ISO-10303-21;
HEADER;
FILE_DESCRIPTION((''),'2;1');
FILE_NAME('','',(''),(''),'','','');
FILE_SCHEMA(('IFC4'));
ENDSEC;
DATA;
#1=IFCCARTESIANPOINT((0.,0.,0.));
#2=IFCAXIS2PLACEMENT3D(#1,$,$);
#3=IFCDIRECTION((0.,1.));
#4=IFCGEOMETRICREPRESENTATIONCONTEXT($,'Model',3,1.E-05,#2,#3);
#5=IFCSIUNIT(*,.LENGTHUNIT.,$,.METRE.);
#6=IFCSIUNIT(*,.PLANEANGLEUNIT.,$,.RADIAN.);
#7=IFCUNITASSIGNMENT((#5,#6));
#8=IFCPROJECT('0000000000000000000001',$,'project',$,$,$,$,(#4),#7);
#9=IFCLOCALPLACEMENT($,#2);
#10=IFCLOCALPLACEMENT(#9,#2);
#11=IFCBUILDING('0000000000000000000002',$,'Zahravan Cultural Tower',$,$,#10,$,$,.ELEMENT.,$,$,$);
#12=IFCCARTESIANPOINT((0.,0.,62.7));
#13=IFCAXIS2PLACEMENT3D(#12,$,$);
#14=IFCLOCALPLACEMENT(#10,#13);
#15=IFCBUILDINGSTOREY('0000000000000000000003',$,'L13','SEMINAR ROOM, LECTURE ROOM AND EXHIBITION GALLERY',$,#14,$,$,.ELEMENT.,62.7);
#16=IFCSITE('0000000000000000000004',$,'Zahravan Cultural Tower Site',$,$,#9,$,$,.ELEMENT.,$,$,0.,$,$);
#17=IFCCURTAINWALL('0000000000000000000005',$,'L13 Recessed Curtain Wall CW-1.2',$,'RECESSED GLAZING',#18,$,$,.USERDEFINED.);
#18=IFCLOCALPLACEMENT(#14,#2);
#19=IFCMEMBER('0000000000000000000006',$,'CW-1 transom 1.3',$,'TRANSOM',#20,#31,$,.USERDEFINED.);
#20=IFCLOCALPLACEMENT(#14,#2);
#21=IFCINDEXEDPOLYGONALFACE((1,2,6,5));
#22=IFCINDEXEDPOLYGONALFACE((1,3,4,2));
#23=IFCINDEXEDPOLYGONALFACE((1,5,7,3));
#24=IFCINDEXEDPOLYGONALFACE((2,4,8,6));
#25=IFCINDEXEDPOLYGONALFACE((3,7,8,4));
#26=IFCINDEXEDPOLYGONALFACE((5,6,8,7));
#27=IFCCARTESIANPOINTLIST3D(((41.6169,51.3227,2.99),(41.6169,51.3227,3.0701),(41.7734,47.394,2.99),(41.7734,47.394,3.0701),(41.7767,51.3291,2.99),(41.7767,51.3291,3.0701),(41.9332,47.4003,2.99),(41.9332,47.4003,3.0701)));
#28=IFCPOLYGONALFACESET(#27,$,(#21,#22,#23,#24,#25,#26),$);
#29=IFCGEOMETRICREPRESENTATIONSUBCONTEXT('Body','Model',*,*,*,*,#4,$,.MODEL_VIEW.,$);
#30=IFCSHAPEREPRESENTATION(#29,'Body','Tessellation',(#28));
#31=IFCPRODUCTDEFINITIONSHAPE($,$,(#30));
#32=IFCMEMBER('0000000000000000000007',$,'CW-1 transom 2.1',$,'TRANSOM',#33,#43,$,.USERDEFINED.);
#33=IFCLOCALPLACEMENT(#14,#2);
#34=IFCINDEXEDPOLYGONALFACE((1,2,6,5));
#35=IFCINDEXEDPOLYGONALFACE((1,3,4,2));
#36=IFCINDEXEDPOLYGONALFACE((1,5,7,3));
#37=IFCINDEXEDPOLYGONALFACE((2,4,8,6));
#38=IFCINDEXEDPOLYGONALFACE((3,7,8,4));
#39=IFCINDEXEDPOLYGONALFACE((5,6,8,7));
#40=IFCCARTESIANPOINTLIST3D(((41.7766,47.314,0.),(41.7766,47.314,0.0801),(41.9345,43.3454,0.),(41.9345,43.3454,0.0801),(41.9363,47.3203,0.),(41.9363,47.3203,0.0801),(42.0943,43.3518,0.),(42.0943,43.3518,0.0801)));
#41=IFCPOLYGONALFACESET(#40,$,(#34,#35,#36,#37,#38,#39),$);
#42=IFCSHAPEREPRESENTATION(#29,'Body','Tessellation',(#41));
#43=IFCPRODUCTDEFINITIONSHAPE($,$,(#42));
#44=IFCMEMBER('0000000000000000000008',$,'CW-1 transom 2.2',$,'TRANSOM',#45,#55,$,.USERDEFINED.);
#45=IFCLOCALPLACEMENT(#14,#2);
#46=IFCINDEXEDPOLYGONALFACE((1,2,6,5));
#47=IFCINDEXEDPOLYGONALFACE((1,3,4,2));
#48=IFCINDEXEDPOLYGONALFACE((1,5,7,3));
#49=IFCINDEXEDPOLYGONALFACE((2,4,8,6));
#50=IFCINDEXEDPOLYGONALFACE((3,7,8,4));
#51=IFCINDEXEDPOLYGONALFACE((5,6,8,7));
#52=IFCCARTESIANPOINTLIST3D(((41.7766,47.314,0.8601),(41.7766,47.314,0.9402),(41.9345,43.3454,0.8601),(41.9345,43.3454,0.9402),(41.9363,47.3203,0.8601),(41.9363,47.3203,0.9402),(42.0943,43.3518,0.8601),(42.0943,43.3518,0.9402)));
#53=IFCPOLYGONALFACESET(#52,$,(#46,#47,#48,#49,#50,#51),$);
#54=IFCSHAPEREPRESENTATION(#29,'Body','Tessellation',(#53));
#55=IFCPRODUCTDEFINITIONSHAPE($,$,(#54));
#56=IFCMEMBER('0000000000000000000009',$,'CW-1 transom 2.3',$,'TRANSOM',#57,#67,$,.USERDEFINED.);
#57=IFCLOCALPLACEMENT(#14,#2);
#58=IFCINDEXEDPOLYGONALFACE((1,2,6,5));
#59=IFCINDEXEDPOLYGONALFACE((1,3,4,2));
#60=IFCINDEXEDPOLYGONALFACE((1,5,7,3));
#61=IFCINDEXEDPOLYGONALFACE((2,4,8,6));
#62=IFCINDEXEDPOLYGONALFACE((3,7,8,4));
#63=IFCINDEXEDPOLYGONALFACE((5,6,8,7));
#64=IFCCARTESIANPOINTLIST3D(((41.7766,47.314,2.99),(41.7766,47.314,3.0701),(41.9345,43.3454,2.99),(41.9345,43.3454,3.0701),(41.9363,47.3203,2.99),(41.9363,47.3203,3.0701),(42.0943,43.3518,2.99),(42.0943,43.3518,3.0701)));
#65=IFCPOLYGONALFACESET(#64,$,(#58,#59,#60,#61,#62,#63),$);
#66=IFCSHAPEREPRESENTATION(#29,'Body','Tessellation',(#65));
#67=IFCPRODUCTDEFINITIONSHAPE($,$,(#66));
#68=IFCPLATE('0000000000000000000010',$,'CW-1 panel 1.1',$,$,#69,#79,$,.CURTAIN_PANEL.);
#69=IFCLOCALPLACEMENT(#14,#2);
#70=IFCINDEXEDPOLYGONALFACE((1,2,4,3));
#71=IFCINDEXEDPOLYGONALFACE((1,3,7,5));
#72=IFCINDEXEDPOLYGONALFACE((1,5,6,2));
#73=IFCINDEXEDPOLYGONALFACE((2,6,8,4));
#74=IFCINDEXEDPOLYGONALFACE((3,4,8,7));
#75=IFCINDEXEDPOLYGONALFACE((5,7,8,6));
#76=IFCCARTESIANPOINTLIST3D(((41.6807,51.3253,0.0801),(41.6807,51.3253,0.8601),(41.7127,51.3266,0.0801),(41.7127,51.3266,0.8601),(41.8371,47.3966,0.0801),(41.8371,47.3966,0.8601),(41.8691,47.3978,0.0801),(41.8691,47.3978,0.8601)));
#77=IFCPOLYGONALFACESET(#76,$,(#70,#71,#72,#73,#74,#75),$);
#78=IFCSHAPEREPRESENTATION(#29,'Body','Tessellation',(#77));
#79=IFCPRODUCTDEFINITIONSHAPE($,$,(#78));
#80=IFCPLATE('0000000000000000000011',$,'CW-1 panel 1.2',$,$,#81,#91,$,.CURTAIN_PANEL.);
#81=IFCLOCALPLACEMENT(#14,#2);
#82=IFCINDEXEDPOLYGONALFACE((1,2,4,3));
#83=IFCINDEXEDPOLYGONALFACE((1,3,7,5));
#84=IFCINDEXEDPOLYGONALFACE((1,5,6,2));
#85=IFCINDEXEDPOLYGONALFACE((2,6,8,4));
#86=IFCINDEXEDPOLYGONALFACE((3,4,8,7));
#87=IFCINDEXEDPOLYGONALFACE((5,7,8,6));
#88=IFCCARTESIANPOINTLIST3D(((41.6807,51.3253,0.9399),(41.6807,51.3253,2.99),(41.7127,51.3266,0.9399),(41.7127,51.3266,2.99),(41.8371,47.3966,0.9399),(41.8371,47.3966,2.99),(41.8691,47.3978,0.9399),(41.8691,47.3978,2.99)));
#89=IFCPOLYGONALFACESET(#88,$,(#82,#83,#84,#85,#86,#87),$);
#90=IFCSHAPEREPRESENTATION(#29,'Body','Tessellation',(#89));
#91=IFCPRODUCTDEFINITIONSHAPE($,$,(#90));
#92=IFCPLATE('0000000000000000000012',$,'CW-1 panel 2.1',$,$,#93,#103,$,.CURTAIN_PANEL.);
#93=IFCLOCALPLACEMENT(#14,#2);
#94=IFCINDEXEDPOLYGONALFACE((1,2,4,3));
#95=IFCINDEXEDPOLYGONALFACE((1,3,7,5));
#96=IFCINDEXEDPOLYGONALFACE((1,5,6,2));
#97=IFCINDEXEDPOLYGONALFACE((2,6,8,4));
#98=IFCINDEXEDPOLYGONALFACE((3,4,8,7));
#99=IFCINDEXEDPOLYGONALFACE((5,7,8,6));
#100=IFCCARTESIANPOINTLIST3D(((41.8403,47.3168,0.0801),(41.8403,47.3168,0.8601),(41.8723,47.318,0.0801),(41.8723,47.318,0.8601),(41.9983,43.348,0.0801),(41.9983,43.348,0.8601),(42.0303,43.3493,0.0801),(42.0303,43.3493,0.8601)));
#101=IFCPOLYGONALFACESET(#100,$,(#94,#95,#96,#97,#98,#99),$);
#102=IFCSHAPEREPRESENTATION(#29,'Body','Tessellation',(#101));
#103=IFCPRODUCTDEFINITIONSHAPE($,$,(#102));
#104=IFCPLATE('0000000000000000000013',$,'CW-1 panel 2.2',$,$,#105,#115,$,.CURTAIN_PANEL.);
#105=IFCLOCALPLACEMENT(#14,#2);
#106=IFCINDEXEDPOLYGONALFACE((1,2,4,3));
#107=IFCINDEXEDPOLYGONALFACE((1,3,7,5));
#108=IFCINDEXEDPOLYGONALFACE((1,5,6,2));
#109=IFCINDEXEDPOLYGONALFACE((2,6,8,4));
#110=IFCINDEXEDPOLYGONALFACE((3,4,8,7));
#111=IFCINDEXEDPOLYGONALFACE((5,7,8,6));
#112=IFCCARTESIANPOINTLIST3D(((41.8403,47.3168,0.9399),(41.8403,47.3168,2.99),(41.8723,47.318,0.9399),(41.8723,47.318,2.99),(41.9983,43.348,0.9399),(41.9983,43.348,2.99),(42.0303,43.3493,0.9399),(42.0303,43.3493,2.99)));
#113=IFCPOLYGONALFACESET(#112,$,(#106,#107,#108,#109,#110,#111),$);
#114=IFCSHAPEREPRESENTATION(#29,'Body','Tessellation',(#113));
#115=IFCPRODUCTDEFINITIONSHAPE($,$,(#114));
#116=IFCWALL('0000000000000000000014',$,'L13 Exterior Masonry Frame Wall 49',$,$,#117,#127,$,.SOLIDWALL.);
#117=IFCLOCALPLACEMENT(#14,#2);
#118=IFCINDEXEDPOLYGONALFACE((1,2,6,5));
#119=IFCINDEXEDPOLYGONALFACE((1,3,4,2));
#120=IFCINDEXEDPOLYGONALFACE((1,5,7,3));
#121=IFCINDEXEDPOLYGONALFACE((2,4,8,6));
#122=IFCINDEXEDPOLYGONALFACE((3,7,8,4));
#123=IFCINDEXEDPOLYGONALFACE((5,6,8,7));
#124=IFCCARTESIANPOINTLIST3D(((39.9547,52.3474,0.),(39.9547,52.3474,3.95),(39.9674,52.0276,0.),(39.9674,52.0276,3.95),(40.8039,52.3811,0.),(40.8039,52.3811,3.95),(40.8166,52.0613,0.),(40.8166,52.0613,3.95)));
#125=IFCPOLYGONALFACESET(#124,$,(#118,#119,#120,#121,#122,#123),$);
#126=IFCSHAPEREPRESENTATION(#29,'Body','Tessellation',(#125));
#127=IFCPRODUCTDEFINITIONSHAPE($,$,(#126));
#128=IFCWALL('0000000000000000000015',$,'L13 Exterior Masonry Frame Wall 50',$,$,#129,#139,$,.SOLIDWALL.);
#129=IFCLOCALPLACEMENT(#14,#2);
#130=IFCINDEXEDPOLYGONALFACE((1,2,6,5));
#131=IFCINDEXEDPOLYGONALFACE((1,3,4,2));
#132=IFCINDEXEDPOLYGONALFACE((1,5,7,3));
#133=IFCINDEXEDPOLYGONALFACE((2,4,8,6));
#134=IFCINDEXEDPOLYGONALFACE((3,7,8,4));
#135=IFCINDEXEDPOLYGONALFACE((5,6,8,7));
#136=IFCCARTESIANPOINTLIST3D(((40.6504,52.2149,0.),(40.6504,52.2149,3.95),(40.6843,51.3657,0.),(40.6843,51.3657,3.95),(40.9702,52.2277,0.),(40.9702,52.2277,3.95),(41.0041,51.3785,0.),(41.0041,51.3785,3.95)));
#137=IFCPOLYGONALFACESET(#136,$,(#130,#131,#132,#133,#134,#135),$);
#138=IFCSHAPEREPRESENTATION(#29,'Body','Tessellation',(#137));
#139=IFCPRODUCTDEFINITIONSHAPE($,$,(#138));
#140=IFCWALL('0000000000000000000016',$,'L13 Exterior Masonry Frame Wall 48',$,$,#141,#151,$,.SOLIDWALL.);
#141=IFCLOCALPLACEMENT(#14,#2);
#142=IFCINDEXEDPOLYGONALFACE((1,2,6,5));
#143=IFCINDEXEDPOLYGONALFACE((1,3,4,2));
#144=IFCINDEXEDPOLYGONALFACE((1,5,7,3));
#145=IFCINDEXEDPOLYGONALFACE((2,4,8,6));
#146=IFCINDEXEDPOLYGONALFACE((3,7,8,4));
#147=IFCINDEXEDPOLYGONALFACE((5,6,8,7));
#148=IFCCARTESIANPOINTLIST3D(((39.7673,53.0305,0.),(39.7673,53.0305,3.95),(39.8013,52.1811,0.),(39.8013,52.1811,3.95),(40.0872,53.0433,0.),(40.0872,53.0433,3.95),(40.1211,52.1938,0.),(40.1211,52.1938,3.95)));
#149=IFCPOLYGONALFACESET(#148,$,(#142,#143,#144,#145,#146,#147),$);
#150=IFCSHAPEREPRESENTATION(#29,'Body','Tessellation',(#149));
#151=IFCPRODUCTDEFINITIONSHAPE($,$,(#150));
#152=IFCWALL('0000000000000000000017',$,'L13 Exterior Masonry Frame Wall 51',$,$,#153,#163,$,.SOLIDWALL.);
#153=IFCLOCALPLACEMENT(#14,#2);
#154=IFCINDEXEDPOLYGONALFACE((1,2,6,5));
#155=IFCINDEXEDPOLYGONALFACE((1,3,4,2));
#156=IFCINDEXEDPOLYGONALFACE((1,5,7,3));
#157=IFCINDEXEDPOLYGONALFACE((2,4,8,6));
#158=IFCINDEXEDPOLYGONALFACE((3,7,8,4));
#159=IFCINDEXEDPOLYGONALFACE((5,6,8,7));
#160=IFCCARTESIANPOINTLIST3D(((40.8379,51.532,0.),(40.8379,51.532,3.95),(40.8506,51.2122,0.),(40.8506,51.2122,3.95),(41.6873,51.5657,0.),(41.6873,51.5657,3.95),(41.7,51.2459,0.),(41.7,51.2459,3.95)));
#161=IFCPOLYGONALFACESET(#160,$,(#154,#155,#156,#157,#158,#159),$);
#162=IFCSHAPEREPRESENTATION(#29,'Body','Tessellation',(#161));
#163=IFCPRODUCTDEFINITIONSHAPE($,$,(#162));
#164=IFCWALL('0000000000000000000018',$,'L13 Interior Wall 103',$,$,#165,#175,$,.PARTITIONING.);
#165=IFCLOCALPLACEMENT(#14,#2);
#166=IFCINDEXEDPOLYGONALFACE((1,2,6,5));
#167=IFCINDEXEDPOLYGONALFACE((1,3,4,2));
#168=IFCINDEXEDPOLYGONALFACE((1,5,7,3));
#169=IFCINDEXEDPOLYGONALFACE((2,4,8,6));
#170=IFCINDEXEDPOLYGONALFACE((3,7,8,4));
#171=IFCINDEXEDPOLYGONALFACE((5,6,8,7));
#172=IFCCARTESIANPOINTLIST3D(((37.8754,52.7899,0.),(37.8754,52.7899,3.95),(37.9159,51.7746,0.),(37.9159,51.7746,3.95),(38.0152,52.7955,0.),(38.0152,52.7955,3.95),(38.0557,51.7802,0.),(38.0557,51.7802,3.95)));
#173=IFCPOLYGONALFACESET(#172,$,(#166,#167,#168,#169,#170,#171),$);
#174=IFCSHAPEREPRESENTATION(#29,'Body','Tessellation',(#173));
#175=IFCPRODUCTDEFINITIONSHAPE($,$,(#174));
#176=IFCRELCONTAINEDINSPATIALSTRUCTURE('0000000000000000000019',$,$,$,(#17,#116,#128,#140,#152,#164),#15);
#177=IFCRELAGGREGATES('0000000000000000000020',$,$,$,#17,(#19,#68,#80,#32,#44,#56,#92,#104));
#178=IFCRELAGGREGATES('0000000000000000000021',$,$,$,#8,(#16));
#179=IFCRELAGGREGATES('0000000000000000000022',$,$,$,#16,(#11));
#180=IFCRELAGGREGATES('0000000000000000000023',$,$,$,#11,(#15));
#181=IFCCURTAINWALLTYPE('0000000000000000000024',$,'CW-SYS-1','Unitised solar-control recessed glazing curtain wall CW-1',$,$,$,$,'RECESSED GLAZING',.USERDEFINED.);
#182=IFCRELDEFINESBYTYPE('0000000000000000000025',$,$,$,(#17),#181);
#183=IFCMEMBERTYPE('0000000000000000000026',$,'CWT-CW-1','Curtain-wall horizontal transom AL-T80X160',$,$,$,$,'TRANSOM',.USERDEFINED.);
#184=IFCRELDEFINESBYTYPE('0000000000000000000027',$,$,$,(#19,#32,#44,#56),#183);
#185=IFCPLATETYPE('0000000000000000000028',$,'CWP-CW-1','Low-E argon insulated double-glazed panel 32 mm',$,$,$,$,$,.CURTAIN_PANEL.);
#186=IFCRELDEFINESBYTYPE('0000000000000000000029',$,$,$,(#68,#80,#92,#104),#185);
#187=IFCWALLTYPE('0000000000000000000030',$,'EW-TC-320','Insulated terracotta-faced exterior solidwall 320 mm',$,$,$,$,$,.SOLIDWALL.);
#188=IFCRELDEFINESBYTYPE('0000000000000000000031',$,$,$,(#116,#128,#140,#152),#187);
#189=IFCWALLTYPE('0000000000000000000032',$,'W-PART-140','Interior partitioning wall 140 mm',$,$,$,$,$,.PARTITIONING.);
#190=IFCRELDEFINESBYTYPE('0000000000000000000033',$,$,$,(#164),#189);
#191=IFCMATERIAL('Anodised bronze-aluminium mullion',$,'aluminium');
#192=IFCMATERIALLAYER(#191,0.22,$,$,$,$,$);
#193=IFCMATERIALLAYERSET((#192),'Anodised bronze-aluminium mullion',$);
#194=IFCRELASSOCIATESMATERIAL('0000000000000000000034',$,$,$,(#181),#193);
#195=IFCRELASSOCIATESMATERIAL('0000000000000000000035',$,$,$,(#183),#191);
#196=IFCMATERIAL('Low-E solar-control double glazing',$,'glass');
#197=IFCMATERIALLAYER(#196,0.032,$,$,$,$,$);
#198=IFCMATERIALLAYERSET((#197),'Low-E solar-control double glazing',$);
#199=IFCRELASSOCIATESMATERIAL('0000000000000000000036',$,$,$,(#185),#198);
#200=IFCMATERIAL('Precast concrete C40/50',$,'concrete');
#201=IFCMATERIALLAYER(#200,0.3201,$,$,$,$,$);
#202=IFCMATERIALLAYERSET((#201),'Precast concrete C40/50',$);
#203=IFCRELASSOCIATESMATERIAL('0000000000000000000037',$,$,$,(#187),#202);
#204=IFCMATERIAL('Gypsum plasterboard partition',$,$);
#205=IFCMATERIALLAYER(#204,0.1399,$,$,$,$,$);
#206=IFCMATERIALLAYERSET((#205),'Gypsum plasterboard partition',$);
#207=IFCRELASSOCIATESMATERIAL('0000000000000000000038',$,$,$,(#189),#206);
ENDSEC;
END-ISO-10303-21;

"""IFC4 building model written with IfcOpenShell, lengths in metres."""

from ifc_helpers import new_model, si_unit, direction, frame, frame_2d, origin, origin_2d, place, context, subcontext, project, spatial, rectangle, extrude, source, transform, mapped, material, layer, layer_set, material_profile, profile_set, type_object, element, aggregate, save


model = new_model("IFC4")

# Units and contexts
model_context = context("Model", 3, precision=1e-05, world=origin(), true_north=direction((0.0, 1.0)))
body_context = subcontext(model_context, "Body", "Model", "MODEL_VIEW")
ifc_project = project(units=[si_unit("LENGTHUNIT", "METRE"), si_unit("PLANEANGLEUNIT", "RADIAN")], contexts=[model_context])

# Site, building, storey
site_placement = place(None, origin())
site = spatial("IfcSite", under=ifc_project, at=site_placement, Name="Zahravan Cultural Tower Site", CompositionType="ELEMENT", RefElevation=0.0)
building_placement = place(site_placement, origin())
building = spatial("IfcBuilding", under=site, at=building_placement, Name="Zahravan Cultural Tower", CompositionType="ELEMENT")
storey_placement = place(building_placement, frame((0.0, 0.0, 62.7)))
storey = spatial("IfcBuildingStorey", under=building, at=storey_placement, Name="L13", Description="SEMINAR ROOM, LECTURE ROOM AND EXHIBITION GALLERY", CompositionType="ELEMENT", Elevation=62.7)

# Curtain wall, members, plates
ifc_material_1 = material(Name="Anodised bronze-aluminium mullion", Category="aluminium")
ifc_layer_1 = layer(ifc_material_1, 0.22)
ifc_layer_set_1 = layer_set([ifc_layer_1], Name="Anodised bronze-aluminium mullion")
curtain_wall_type = type_object("IfcCurtainWallType", Name="CW-SYS-1", Description="Unitised solar-control recessed glazing curtain wall CW-1", ElementType="RECESSED GLAZING", PredefinedType="USERDEFINED", material=ifc_layer_set_1)
curtain_wall_placement = place(storey_placement, origin())
curtain_wall = element("IfcCurtainWall", 1, at=curtain_wall_placement, inside=storey, type_object=curtain_wall_type, Name="L13 Recessed Curtain Wall CW-1.2", ObjectType="RECESSED GLAZING", PredefinedType="USERDEFINED")
ifc_material_profile_1 = material_profile(ifc_material_1, rectangle(XDim=0.1599, YDim=0.0801, at=origin_2d()), Name="AL-T80X160")
ifc_profile_set_1 = profile_set([ifc_material_profile_1], Name="Anodised bronze-aluminium mullion")
member_type_1 = type_object("IfcMemberType", Name="CWT-CW-1", Description="Curtain-wall horizontal transom AL-T80X160", ElementType="TRANSOM", PredefinedType="USERDEFINED", material=ifc_profile_set_1)
shared_shape_1 = source(origin(), body_context, "Body", "SweptSolid", [
    extrude(rectangle(XDim=0.1599, YDim=0.0801, at=origin_2d()), origin(), (0.0, 0.0, 1.0), 3.9319),
])
member_1_placement = place(storey_placement, frame((41.6968, 51.3259, 3.03), z_axis=(0.039802, -0.999208, 0.0), x_axis=(0.999208, 0.039802, 0.0)))
member_1 = element("IfcMember", 2, at=member_1_placement, type_object=member_type_1, Name="CW-1 transom 1.3", ObjectType="TRANSOM", PredefinedType="USERDEFINED", context=body_context, shape_type="MappedRepresentation", body=[
    mapped(shared_shape_1, transform((0.0, 0.0, 0.0), x_axis=(1.0, 0.0, 0.0), y_axis=(0.0, 1.0, 0.0), z_axis=(0.0, 0.0, 1.0), scale=1.0)),
])
shared_shape_2 = source(origin(), body_context, "Body", "SweptSolid", [
    extrude(rectangle(XDim=0.1599, YDim=0.0801, at=origin_2d()), origin(), (0.0, 0.0, 1.0), 3.9717),
])
member_2_placement = place(storey_placement, frame((41.8564, 47.3171, 0.04), z_axis=(0.039772, -0.999209, 0.0), x_axis=(0.999209, 0.039772, 0.0)))
member_2 = element("IfcMember", 3, at=member_2_placement, type_object=member_type_1, Name="CW-1 transom 2.1", ObjectType="TRANSOM", PredefinedType="USERDEFINED", context=body_context, shape_type="MappedRepresentation", body=[
    mapped(shared_shape_2, transform((0.0, 0.0, 0.0), x_axis=(1.0, 0.0, 0.0), y_axis=(0.0, 1.0, 0.0), z_axis=(0.0, 0.0, 1.0), scale=1.0)),
])
member_3_placement = place(storey_placement, frame((41.8564, 47.3171, 0.9001), z_axis=(0.039772, -0.999209, 0.0), x_axis=(0.999209, 0.039772, 0.0)))
member_3 = element("IfcMember", 4, at=member_3_placement, type_object=member_type_1, Name="CW-1 transom 2.2", ObjectType="TRANSOM", PredefinedType="USERDEFINED", context=body_context, shape_type="MappedRepresentation", body=[
    mapped(shared_shape_2, transform((0.0, 0.0, 0.0), x_axis=(1.0, 0.0, 0.0), y_axis=(0.0, 1.0, 0.0), z_axis=(0.0, 0.0, 1.0), scale=1.0)),
])
member_4_placement = place(storey_placement, frame((41.8564, 47.3171, 3.03), z_axis=(0.039772, -0.999209, 0.0), x_axis=(0.999209, 0.039772, 0.0)))
member_4 = element("IfcMember", 5, at=member_4_placement, type_object=member_type_1, Name="CW-1 transom 2.3", ObjectType="TRANSOM", PredefinedType="USERDEFINED", context=body_context, shape_type="MappedRepresentation", body=[
    mapped(shared_shape_2, transform((0.0, 0.0, 0.0), x_axis=(1.0, 0.0, 0.0), y_axis=(0.0, 1.0, 0.0), z_axis=(0.0, 0.0, 1.0), scale=1.0)),
])
ifc_material_2 = material(Name="Low-E solar-control double glazing", Category="glass")
ifc_layer_2 = layer(ifc_material_2, 0.032)
ifc_layer_set_2 = layer_set([ifc_layer_2], Name="Low-E solar-control double glazing")
plate_type = type_object("IfcPlateType", Name="CWP-CW-1", Description="Low-E argon insulated double-glazed panel 32 mm", PredefinedType="CURTAIN_PANEL", material=ifc_layer_set_2)
shared_shape_3 = source(origin(), body_context, "Body", "SweptSolid", [
    extrude(rectangle(XDim=3.9319, YDim=0.032, at=origin_2d()), origin(), (0.0, 0.0, 1.0), 0.78),
])
plate_1_placement = place(storey_placement, frame((41.7749, 49.3616, 0.0801), z_axis=(0.0, 0.0, 1.0), x_axis=(0.039785, -0.999208, 0.0)))
plate_1 = element("IfcPlate", 6, at=plate_1_placement, type_object=plate_type, Name="CW-1 panel 1.1", PredefinedType="CURTAIN_PANEL", context=body_context, shape_type="MappedRepresentation", body=[
    mapped(shared_shape_3, transform((0.0, 0.0, 0.0), x_axis=(1.0, 0.0, 0.0), y_axis=(0.0, 1.0, 0.0), z_axis=(0.0, 0.0, 1.0), scale=1.0)),
])
shared_shape_4 = source(origin(), body_context, "Body", "SweptSolid", [
    extrude(rectangle(XDim=3.9319, YDim=0.032, at=origin_2d()), origin(), (0.0, 0.0, 1.0), 2.05),
])
plate_2_placement = place(storey_placement, frame((41.7749, 49.3616, 0.9399), z_axis=(0.0, 0.0, 1.0), x_axis=(0.039785, -0.999208, 0.0)))
plate_2 = element("IfcPlate", 7, at=plate_2_placement, type_object=plate_type, Name="CW-1 panel 1.2", PredefinedType="CURTAIN_PANEL", context=body_context, shape_type="MappedRepresentation", body=[
    mapped(shared_shape_4, transform((0.0, 0.0, 0.0), x_axis=(1.0, 0.0, 0.0), y_axis=(0.0, 1.0, 0.0), z_axis=(0.0, 0.0, 1.0), scale=1.0)),
])
shared_shape_5 = source(origin(), body_context, "Body", "SweptSolid", [
    extrude(rectangle(XDim=3.9719, YDim=0.032, at=origin_2d()), origin(), (0.0, 0.0, 1.0), 0.78),
])
plate_3_placement = place(storey_placement, frame((41.9353, 45.333, 0.0801), z_axis=(0.0, 0.0, 1.0), x_axis=(0.039785, -0.999208, 0.0)))
plate_3 = element("IfcPlate", 8, at=plate_3_placement, type_object=plate_type, Name="CW-1 panel 2.1", PredefinedType="CURTAIN_PANEL", context=body_context, shape_type="MappedRepresentation", body=[
    mapped(shared_shape_5, transform((0.0, 0.0, 0.0), x_axis=(1.0, 0.0, 0.0), y_axis=(0.0, 1.0, 0.0), z_axis=(0.0, 0.0, 1.0), scale=1.0)),
])
shared_shape_6 = source(origin(), body_context, "Body", "SweptSolid", [
    extrude(rectangle(XDim=3.9719, YDim=0.032, at=origin_2d()), origin(), (0.0, 0.0, 1.0), 2.05),
])
plate_4_placement = place(storey_placement, frame((41.9353, 45.333, 0.9399), z_axis=(0.0, 0.0, 1.0), x_axis=(0.039785, -0.999208, 0.0)))
plate_4 = element("IfcPlate", 9, at=plate_4_placement, type_object=plate_type, Name="CW-1 panel 2.2", PredefinedType="CURTAIN_PANEL", context=body_context, shape_type="MappedRepresentation", body=[
    mapped(shared_shape_6, transform((0.0, 0.0, 0.0), x_axis=(1.0, 0.0, 0.0), y_axis=(0.0, 1.0, 0.0), z_axis=(0.0, 0.0, 1.0), scale=1.0)),
])
aggregate(curtain_wall, [member_1, plate_1, plate_2, member_2, member_3, member_4, plate_3, plate_4])

# Walls
ifc_material_3 = material(Name="Precast concrete C40/50", Category="concrete")
ifc_layer_3 = layer(ifc_material_3, 0.3201)
ifc_layer_set_3 = layer_set([ifc_layer_3], Name="Precast concrete C40/50")
wall_type_1 = type_object("IfcWallType", Name="EW-TC-320", Description="Insulated terracotta-faced exterior solidwall 320 mm", PredefinedType="SOLIDWALL", material=ifc_layer_set_3)
shared_shape_7 = source(origin(), body_context, "Body", "SweptSolid", [
    extrude(rectangle(XDim=0.8499, YDim=0.3201, at=frame_2d((0.4248, 0.0))), origin(), (0.0, 0.0, 1.0), 3.95),
])
for number, where, z_axis, x_axis, name in (
    (10, (39.9612, 52.1875, 0.0), (0.0, 0.0, 1.0), (0.999214, 0.039647, 0.0), "L13 Exterior Masonry Frame Wall 49"),
    (11, (40.8103, 52.2212, 0.0), (0.0, 0.0, 1.0), (0.039934, -0.999202, 0.0), "L13 Exterior Masonry Frame Wall 50"),
):
    element("IfcWall", number, at=place(storey_placement, frame(where, z_axis=z_axis, x_axis=x_axis)), inside=storey, type_object=wall_type_1, Name=name, PredefinedType="SOLIDWALL", context=body_context, shape_type="MappedRepresentation", body=[
        mapped(shared_shape_7, transform((0.0, 0.0, 0.0), x_axis=(1.0, 0.0, 0.0), y_axis=(0.0, 1.0, 0.0), z_axis=(0.0, 0.0, 1.0), scale=1.0)),
    ])
shared_shape_8 = source(origin(), body_context, "Body", "SweptSolid", [
    extrude(rectangle(XDim=0.8501, YDim=0.3201, at=frame_2d((0.425, 0.0))), origin(), (0.0, 0.0, 1.0), 3.95),
])
for number, where, z_axis, x_axis, name in (
    (12, (39.9272, 53.0369, 0.0), (0.0, 0.0, 1.0), (0.039922, -0.999203, 0.0), "L13 Exterior Masonry Frame Wall 48"),
    (13, (40.8442, 51.3721, 0.0), (0.0, 0.0, 1.0), (0.999214, 0.039635, 0.0), "L13 Exterior Masonry Frame Wall 51"),
):
    element("IfcWall", number, at=place(storey_placement, frame(where, z_axis=z_axis, x_axis=x_axis)), inside=storey, type_object=wall_type_1, Name=name, PredefinedType="SOLIDWALL", context=body_context, shape_type="MappedRepresentation", body=[
        mapped(shared_shape_8, transform((0.0, 0.0, 0.0), x_axis=(1.0, 0.0, 0.0), y_axis=(0.0, 1.0, 0.0), z_axis=(0.0, 0.0, 1.0), scale=1.0)),
    ])
ifc_material_4 = material(Name="Gypsum plasterboard partition")
ifc_layer_4 = layer(ifc_material_4, 0.1399)
ifc_layer_set_4 = layer_set([ifc_layer_4], Name="Gypsum plasterboard partition")
wall_type_2 = type_object("IfcWallType", Name="W-PART-140", Description="Interior partitioning wall 140 mm", PredefinedType="PARTITIONING", material=ifc_layer_set_4)
shared_shape_9 = source(origin(), body_context, "Body", "SweptSolid", [
    extrude(rectangle(XDim=1.0161, YDim=0.1399, at=frame_2d((0.5081, 0.0))), origin(), (0.0, 0.0, 1.0), 3.95),
])
wall_1_placement = place(storey_placement, frame((37.9453, 52.7927, 0.0), z_axis=(0.0, 0.0, 1.0), x_axis=(0.039882, -0.999204, 0.0)))
element("IfcWall", 14, at=wall_1_placement, inside=storey, type_object=wall_type_2, Name="L13 Interior Wall 103", PredefinedType="PARTITIONING", context=body_context, shape_type="MappedRepresentation", body=[
    mapped(shared_shape_9, transform((0.0, 0.0, 0.0), x_axis=(1.0, 0.0, 0.0), y_axis=(0.0, 1.0, 0.0), z_axis=(0.0, 0.0, 1.0), scale=1.0)),
])

save(model, "model.ifc")
